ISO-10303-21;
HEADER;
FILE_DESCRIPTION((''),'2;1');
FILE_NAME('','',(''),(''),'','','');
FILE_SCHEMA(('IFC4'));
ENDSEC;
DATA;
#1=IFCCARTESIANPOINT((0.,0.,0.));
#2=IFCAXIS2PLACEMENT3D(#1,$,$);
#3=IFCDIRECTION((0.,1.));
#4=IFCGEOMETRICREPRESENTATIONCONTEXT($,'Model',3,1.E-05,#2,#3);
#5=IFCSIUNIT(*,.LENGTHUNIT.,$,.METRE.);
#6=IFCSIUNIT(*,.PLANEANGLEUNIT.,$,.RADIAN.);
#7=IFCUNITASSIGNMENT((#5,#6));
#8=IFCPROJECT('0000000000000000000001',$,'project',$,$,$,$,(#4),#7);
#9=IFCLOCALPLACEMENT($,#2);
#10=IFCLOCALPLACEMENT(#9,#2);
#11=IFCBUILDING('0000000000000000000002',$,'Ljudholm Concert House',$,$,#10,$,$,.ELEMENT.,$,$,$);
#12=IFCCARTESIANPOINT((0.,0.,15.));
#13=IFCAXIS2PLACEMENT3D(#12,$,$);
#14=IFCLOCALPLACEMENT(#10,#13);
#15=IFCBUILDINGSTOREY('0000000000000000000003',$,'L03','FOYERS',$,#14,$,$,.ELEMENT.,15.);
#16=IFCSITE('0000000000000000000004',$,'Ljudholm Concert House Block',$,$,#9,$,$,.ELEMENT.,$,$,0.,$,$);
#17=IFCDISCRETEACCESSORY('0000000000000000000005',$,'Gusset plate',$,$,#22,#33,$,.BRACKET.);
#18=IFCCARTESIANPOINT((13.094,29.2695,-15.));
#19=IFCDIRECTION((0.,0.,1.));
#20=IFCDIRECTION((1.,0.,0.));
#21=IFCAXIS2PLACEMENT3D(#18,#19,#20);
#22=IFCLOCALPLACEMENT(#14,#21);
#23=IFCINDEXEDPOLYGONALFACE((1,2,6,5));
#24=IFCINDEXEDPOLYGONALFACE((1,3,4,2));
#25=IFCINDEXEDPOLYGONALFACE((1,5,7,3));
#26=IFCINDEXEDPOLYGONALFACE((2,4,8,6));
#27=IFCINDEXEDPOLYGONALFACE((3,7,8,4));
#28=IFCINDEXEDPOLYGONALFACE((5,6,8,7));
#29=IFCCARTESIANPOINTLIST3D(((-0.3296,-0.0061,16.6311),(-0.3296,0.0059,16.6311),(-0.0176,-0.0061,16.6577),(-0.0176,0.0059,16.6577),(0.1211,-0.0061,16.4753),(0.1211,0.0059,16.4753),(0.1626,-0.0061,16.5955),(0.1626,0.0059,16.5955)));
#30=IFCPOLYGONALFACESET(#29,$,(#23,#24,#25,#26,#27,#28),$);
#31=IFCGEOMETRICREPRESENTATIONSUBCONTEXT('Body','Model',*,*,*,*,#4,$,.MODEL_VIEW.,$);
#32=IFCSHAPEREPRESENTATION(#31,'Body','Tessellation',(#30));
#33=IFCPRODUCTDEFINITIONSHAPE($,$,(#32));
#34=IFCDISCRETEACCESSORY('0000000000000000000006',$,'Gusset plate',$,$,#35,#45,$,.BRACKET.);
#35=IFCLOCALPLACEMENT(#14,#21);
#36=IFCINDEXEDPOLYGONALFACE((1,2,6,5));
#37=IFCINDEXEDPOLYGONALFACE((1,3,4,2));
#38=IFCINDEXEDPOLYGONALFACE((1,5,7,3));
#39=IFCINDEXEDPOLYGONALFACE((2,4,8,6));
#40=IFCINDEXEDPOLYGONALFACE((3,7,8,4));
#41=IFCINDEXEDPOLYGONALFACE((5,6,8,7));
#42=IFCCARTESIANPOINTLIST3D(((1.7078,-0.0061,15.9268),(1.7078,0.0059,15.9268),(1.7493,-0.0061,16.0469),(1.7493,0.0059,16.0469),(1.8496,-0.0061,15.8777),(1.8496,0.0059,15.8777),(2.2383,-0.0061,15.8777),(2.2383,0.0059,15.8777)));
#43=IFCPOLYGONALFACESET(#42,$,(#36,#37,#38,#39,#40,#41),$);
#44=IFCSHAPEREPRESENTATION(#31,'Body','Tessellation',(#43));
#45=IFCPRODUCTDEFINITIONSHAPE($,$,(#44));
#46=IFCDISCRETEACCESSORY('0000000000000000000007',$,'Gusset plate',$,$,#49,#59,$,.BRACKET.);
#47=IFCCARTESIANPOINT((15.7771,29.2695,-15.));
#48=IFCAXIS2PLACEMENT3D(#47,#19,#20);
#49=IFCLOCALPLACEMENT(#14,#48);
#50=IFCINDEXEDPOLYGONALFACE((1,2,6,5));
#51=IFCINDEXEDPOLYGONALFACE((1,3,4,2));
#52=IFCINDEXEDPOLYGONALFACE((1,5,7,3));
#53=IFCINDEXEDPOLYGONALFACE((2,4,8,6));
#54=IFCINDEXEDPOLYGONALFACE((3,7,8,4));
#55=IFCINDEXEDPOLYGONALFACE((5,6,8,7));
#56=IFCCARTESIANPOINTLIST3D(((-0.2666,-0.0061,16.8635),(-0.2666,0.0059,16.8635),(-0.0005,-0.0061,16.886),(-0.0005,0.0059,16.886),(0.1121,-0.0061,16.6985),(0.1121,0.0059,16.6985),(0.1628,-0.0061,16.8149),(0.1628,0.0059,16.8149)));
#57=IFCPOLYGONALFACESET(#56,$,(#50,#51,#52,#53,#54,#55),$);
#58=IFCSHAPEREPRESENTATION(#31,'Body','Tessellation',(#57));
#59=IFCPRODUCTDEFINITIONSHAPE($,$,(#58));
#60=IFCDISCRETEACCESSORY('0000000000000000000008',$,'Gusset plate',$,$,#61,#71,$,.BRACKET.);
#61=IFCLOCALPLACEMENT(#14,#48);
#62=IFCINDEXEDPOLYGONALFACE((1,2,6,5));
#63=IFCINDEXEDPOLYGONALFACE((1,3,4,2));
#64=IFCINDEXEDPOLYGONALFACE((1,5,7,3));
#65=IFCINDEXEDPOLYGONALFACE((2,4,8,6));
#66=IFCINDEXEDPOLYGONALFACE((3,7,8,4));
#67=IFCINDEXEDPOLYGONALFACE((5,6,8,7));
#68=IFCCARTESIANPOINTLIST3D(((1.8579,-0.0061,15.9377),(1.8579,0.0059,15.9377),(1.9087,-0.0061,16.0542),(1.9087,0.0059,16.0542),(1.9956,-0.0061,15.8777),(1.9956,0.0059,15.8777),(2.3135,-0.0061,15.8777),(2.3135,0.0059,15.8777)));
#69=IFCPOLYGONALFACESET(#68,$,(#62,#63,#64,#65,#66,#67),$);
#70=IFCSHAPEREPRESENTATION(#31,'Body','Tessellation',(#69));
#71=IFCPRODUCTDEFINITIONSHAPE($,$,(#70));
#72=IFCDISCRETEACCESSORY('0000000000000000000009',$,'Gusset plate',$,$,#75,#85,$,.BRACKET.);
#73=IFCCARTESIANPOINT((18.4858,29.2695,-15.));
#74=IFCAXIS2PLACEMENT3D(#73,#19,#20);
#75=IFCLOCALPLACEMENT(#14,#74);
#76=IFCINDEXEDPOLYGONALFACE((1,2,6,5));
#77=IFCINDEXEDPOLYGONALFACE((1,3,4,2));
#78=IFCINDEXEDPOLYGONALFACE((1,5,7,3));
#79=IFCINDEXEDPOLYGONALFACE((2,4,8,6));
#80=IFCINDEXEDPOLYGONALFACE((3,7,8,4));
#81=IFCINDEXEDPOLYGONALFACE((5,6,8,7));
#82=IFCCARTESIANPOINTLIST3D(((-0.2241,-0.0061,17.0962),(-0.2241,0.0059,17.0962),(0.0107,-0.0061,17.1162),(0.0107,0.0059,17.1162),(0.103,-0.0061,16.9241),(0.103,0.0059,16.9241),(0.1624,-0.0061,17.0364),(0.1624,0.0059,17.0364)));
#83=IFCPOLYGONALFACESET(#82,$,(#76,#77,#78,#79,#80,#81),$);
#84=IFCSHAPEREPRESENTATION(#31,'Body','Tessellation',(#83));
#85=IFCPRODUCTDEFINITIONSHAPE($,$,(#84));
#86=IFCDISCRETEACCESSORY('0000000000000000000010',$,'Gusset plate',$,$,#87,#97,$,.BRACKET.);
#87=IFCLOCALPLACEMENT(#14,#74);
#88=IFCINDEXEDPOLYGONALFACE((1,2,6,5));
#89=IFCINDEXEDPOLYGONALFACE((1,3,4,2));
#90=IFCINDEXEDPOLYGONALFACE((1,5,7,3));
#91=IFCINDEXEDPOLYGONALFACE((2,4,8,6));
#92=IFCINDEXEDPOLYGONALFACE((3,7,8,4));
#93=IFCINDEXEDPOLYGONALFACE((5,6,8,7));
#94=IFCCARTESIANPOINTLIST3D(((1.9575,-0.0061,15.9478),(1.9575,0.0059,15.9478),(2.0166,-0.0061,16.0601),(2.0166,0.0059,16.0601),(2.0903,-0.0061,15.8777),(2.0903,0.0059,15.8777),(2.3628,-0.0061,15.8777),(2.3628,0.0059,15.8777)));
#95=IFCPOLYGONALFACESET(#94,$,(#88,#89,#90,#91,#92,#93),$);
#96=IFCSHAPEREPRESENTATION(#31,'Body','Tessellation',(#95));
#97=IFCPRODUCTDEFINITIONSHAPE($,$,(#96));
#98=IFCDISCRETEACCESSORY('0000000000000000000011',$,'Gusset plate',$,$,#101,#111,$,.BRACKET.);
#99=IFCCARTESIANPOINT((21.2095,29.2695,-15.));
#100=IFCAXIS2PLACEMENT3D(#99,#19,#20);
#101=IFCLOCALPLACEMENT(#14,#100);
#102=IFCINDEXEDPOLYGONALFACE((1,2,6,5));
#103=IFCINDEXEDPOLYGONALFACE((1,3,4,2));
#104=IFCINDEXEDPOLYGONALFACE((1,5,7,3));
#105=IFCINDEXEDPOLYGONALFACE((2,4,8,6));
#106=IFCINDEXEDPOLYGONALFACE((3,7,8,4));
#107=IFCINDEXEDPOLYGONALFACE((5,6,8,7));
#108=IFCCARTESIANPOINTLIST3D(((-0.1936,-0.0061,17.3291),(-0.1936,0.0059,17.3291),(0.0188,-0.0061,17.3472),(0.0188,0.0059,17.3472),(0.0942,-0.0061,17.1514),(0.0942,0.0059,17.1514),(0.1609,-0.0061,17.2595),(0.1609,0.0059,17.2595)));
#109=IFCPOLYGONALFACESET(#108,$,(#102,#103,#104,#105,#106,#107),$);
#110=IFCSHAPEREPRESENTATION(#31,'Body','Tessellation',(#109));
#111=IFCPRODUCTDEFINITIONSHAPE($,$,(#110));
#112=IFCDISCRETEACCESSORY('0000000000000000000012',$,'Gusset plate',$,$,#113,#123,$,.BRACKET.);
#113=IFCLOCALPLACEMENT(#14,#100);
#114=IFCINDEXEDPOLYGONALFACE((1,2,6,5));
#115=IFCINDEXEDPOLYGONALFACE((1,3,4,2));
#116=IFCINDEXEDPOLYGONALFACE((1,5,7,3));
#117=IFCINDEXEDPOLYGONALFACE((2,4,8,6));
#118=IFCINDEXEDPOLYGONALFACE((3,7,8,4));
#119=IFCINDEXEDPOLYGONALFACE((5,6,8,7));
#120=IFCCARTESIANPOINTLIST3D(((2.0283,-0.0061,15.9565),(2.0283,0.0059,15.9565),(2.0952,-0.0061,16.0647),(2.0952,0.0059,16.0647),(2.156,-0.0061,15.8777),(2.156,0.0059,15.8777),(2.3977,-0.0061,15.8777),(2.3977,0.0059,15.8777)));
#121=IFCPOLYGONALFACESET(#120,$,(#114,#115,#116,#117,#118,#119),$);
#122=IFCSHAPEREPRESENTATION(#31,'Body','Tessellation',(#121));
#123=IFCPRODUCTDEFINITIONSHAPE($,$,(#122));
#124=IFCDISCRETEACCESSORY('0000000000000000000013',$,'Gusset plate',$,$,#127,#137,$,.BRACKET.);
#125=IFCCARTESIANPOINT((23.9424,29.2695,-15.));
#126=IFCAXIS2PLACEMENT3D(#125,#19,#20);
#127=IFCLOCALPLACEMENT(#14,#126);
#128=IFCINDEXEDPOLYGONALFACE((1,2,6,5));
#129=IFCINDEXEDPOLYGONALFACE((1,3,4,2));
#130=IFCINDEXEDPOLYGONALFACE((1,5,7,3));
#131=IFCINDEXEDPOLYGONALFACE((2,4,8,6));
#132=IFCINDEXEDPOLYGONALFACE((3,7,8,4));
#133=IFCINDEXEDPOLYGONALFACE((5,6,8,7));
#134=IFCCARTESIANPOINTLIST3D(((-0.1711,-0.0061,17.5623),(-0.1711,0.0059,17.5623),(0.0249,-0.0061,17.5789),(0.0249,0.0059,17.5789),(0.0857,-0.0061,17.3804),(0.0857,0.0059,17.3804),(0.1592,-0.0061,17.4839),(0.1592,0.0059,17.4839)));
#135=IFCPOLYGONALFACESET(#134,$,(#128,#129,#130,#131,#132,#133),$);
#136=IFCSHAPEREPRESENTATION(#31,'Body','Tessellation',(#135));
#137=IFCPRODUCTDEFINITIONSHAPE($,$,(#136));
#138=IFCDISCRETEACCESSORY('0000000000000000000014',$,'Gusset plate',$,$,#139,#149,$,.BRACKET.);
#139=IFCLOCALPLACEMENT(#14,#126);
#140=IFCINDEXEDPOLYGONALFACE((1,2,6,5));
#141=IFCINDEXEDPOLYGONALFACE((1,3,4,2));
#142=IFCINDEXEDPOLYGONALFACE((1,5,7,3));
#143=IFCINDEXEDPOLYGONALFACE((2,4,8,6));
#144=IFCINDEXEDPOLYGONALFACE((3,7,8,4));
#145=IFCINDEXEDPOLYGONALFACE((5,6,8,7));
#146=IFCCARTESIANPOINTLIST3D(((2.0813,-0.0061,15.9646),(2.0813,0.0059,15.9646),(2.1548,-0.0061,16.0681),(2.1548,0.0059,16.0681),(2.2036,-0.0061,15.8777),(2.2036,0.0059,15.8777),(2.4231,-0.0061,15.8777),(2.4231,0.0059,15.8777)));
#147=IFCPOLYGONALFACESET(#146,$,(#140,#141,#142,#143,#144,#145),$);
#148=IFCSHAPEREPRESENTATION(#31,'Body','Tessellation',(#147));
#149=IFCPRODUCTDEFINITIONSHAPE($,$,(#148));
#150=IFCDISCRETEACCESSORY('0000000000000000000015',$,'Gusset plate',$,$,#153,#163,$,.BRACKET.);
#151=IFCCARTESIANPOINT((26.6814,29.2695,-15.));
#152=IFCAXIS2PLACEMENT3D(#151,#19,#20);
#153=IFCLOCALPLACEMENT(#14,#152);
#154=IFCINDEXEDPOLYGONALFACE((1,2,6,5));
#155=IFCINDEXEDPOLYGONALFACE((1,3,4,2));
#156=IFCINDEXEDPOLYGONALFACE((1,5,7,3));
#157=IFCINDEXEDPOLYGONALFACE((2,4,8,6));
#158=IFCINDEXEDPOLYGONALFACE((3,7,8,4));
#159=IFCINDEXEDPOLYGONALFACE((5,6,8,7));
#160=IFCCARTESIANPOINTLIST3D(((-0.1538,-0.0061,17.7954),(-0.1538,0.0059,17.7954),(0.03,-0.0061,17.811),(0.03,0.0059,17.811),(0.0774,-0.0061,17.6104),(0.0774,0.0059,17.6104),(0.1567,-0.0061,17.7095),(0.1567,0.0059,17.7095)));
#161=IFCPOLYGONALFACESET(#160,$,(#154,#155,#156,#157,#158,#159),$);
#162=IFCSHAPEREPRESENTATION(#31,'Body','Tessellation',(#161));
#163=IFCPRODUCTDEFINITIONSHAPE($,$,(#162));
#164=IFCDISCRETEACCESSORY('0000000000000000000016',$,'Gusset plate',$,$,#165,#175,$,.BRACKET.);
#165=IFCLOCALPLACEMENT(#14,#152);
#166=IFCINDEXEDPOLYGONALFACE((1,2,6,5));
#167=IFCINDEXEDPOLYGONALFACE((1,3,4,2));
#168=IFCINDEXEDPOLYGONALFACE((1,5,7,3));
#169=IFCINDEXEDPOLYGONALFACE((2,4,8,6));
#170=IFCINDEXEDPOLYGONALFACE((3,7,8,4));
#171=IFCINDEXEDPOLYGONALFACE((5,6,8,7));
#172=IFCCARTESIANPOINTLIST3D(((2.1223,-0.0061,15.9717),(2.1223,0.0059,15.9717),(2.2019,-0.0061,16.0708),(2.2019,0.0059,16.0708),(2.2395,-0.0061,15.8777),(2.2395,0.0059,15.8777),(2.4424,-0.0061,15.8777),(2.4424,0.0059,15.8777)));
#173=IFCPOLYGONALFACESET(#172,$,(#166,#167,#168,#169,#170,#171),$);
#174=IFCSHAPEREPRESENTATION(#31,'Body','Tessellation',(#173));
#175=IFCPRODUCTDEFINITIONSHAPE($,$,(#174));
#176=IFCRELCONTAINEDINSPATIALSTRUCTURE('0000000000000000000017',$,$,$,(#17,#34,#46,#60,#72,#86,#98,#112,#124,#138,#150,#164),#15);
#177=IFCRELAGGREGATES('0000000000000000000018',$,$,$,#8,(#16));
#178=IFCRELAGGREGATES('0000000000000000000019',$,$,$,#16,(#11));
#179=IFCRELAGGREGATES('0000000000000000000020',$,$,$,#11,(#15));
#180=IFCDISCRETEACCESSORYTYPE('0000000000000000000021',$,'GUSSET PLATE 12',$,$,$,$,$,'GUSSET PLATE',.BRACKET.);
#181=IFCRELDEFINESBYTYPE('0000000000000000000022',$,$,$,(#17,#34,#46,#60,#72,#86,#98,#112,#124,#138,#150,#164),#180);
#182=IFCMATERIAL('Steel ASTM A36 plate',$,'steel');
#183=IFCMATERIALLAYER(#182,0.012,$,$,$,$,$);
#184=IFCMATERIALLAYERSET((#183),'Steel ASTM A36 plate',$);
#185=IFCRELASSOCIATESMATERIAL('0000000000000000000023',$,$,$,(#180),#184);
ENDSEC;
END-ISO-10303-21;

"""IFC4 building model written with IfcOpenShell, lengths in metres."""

from ifc_helpers import new_model, si_unit, direction, frame, origin, place, context, subcontext, project, spatial, polyline, outline, extrude, material, layer, layer_set, type_object, element, save


model = new_model("IFC4")

# Units and contexts
model_context = context("Model", 3, precision=1e-05, world=origin(), true_north=direction((0.0, 1.0)))
body_context = subcontext(model_context, "Body", "Model", "MODEL_VIEW")
ifc_project = project(units=[si_unit("LENGTHUNIT", "METRE"), si_unit("PLANEANGLEUNIT", "RADIAN")], contexts=[model_context])

# Site, building, storey
site_placement = place(None, origin())
site = spatial("IfcSite", under=ifc_project, at=site_placement, Name="Ljudholm Concert House Block", CompositionType="ELEMENT", RefElevation=0.0)
building_placement = place(site_placement, origin())
building = spatial("IfcBuilding", under=site, at=building_placement, Name="Ljudholm Concert House", CompositionType="ELEMENT")
storey_placement = place(building_placement, frame((0.0, 0.0, 15.0)))
storey = spatial("IfcBuildingStorey", under=building, at=storey_placement, Name="L03", Description="FOYERS", CompositionType="ELEMENT", Elevation=15.0)

# Discrete accessories
ifc_material_1 = material(Name="Steel ASTM A36 plate", Category="steel")
ifc_layer_1 = layer(ifc_material_1, 0.012)
ifc_layer_set_1 = layer_set([ifc_layer_1], Name="Steel ASTM A36 plate")
discrete_accessory_type = type_object("IfcDiscreteAccessoryType", Name="GUSSET PLATE 12", ElementType="GUSSET PLATE", PredefinedType="BRACKET", material=ifc_layer_set_1)
discrete_accessory_1_placement = place(storey_placement, frame((13.094, 29.2695, -15.0), z_axis=(0.0, 0.0, 1.0), x_axis=(1.0, 0.0, 0.0)))
element("IfcDiscreteAccessory", 1, at=discrete_accessory_1_placement, inside=storey, type_object=discrete_accessory_type, Name="Gusset plate", PredefinedType="BRACKET", context=body_context, shape_type="SweptSolid", body=[
    extrude(outline(polyline([(0.1211, 16.4753), (-0.3296, 16.6311), (-0.0176, 16.6577), (0.1626, 16.5955), (0.1211, 16.4753)])), frame((0.0, 0.0059, 0.0), z_axis=(0.0, -1.0, 0.0), x_axis=(1.0, 0.0, 0.0)), (0.0, 0.0, 1.0), 0.012),
])
discrete_accessory_2_placement = place(storey_placement, frame((13.094, 29.2695, -15.0), z_axis=(0.0, 0.0, 1.0), x_axis=(1.0, 0.0, 0.0)))
element("IfcDiscreteAccessory", 2, at=discrete_accessory_2_placement, inside=storey, type_object=discrete_accessory_type, Name="Gusset plate", PredefinedType="BRACKET", context=body_context, shape_type="SweptSolid", body=[
    extrude(outline(polyline([(1.7493, 16.0469), (2.2383, 15.8777), (1.8496, 15.8777), (1.7078, 15.9268), (1.7493, 16.0469)])), frame((0.0, 0.0059, 0.0), z_axis=(0.0, -1.0, 0.0), x_axis=(1.0, 0.0, 0.0)), (0.0, 0.0, 1.0), 0.012),
])
discrete_accessory_3_placement = place(storey_placement, frame((15.7771, 29.2695, -15.0), z_axis=(0.0, 0.0, 1.0), x_axis=(1.0, 0.0, 0.0)))
element("IfcDiscreteAccessory", 3, at=discrete_accessory_3_placement, inside=storey, type_object=discrete_accessory_type, Name="Gusset plate", PredefinedType="BRACKET", context=body_context, shape_type="SweptSolid", body=[
    extrude(outline(polyline([(0.1121, 16.6985), (-0.2666, 16.8635), (-0.0005, 16.886), (0.1628, 16.8149), (0.1121, 16.6985)])), frame((0.0, 0.0059, 0.0), z_axis=(0.0, -1.0, 0.0), x_axis=(1.0, 0.0, 0.0)), (0.0, 0.0, 1.0), 0.012),
])
discrete_accessory_4_placement = place(storey_placement, frame((15.7771, 29.2695, -15.0), z_axis=(0.0, 0.0, 1.0), x_axis=(1.0, 0.0, 0.0)))
element("IfcDiscreteAccessory", 4, at=discrete_accessory_4_placement, inside=storey, type_object=discrete_accessory_type, Name="Gusset plate", PredefinedType="BRACKET", context=body_context, shape_type="SweptSolid", body=[
    extrude(outline(polyline([(1.9087, 16.0542), (2.3135, 15.8777), (1.9956, 15.8777), (1.8579, 15.9377), (1.9087, 16.0542)])), frame((0.0, 0.0059, 0.0), z_axis=(0.0, -1.0, 0.0), x_axis=(1.0, 0.0, 0.0)), (0.0, 0.0, 1.0), 0.012),
])
discrete_accessory_5_placement = place(storey_placement, frame((18.4858, 29.2695, -15.0), z_axis=(0.0, 0.0, 1.0), x_axis=(1.0, 0.0, 0.0)))
element("IfcDiscreteAccessory", 5, at=discrete_accessory_5_placement, inside=storey, type_object=discrete_accessory_type, Name="Gusset plate", PredefinedType="BRACKET", context=body_context, shape_type="SweptSolid", body=[
    extrude(outline(polyline([(0.103, 16.9241), (-0.2241, 17.0962), (0.0107, 17.1162), (0.1624, 17.0364), (0.103, 16.9241)])), frame((0.0, 0.0059, 0.0), z_axis=(0.0, -1.0, 0.0), x_axis=(1.0, 0.0, 0.0)), (0.0, 0.0, 1.0), 0.012),
])
discrete_accessory_6_placement = place(storey_placement, frame((18.4858, 29.2695, -15.0), z_axis=(0.0, 0.0, 1.0), x_axis=(1.0, 0.0, 0.0)))
element("IfcDiscreteAccessory", 6, at=discrete_accessory_6_placement, inside=storey, type_object=discrete_accessory_type, Name="Gusset plate", PredefinedType="BRACKET", context=body_context, shape_type="SweptSolid", body=[
    extrude(outline(polyline([(2.0166, 16.0601), (2.3628, 15.8777), (2.0903, 15.8777), (1.9575, 15.9478), (2.0166, 16.0601)])), frame((0.0, 0.0059, 0.0), z_axis=(0.0, -1.0, 0.0), x_axis=(1.0, 0.0, 0.0)), (0.0, 0.0, 1.0), 0.012),
])
discrete_accessory_7_placement = place(storey_placement, frame((21.2095, 29.2695, -15.0), z_axis=(0.0, 0.0, 1.0), x_axis=(1.0, 0.0, 0.0)))
element("IfcDiscreteAccessory", 7, at=discrete_accessory_7_placement, inside=storey, type_object=discrete_accessory_type, Name="Gusset plate", PredefinedType="BRACKET", context=body_context, shape_type="SweptSolid", body=[
    extrude(outline(polyline([(0.0942, 17.1514), (-0.1936, 17.3291), (0.0188, 17.3472), (0.1609, 17.2595), (0.0942, 17.1514)])), frame((0.0, 0.0059, 0.0), z_axis=(0.0, -1.0, 0.0), x_axis=(1.0, 0.0, 0.0)), (0.0, 0.0, 1.0), 0.012),
])
discrete_accessory_8_placement = place(storey_placement, frame((21.2095, 29.2695, -15.0), z_axis=(0.0, 0.0, 1.0), x_axis=(1.0, 0.0, 0.0)))
element("IfcDiscreteAccessory", 8, at=discrete_accessory_8_placement, inside=storey, type_object=discrete_accessory_type, Name="Gusset plate", PredefinedType="BRACKET", context=body_context, shape_type="SweptSolid", body=[
    extrude(outline(polyline([(2.0952, 16.0647), (2.3977, 15.8777), (2.156, 15.8777), (2.0283, 15.9565), (2.0952, 16.0647)])), frame((0.0, 0.0059, 0.0), z_axis=(0.0, -1.0, 0.0), x_axis=(1.0, 0.0, 0.0)), (0.0, 0.0, 1.0), 0.012),
])
discrete_accessory_9_placement = place(storey_placement, frame((23.9424, 29.2695, -15.0), z_axis=(0.0, 0.0, 1.0), x_axis=(1.0, 0.0, 0.0)))
element("IfcDiscreteAccessory", 9, at=discrete_accessory_9_placement, inside=storey, type_object=discrete_accessory_type, Name="Gusset plate", PredefinedType="BRACKET", context=body_context, shape_type="SweptSolid", body=[
    extrude(outline(polyline([(0.0857, 17.3804), (-0.1711, 17.5623), (0.0249, 17.5789), (0.1592, 17.4839), (0.0857, 17.3804)])), frame((0.0, 0.0059, 0.0), z_axis=(0.0, -1.0, 0.0), x_axis=(1.0, 0.0, 0.0)), (0.0, 0.0, 1.0), 0.012),
])
discrete_accessory_10_placement = place(storey_placement, frame((23.9424, 29.2695, -15.0), z_axis=(0.0, 0.0, 1.0), x_axis=(1.0, 0.0, 0.0)))
element("IfcDiscreteAccessory", 10, at=discrete_accessory_10_placement, inside=storey, type_object=discrete_accessory_type, Name="Gusset plate", PredefinedType="BRACKET", context=body_context, shape_type="SweptSolid", body=[
    extrude(outline(polyline([(2.1548, 16.0681), (2.4231, 15.8777), (2.2036, 15.8777), (2.0813, 15.9646), (2.1548, 16.0681)])), frame((0.0, 0.0059, 0.0), z_axis=(0.0, -1.0, 0.0), x_axis=(1.0, 0.0, 0.0)), (0.0, 0.0, 1.0), 0.012),
])
discrete_accessory_11_placement = place(storey_placement, frame((26.6814, 29.2695, -15.0), z_axis=(0.0, 0.0, 1.0), x_axis=(1.0, 0.0, 0.0)))
element("IfcDiscreteAccessory", 11, at=discrete_accessory_11_placement, inside=storey, type_object=discrete_accessory_type, Name="Gusset plate", PredefinedType="BRACKET", context=body_context, shape_type="SweptSolid", body=[
    extrude(outline(polyline([(0.0774, 17.6104), (-0.1538, 17.7954), (0.03, 17.811), (0.1567, 17.7095), (0.0774, 17.6104)])), frame((0.0, 0.0059, 0.0), z_axis=(0.0, -1.0, 0.0), x_axis=(1.0, 0.0, 0.0)), (0.0, 0.0, 1.0), 0.012),
])
discrete_accessory_12_placement = place(storey_placement, frame((26.6814, 29.2695, -15.0), z_axis=(0.0, 0.0, 1.0), x_axis=(1.0, 0.0, 0.0)))
element("IfcDiscreteAccessory", 12, at=discrete_accessory_12_placement, inside=storey, type_object=discrete_accessory_type, Name="Gusset plate", PredefinedType="BRACKET", context=body_context, shape_type="SweptSolid", body=[
    extrude(outline(polyline([(2.2019, 16.0708), (2.4424, 15.8777), (2.2395, 15.8777), (2.1223, 15.9717), (2.2019, 16.0708)])), frame((0.0, 0.0059, 0.0), z_axis=(0.0, -1.0, 0.0), x_axis=(1.0, 0.0, 0.0)), (0.0, 0.0, 1.0), 0.012),
])

save(model, "model.ifc")
